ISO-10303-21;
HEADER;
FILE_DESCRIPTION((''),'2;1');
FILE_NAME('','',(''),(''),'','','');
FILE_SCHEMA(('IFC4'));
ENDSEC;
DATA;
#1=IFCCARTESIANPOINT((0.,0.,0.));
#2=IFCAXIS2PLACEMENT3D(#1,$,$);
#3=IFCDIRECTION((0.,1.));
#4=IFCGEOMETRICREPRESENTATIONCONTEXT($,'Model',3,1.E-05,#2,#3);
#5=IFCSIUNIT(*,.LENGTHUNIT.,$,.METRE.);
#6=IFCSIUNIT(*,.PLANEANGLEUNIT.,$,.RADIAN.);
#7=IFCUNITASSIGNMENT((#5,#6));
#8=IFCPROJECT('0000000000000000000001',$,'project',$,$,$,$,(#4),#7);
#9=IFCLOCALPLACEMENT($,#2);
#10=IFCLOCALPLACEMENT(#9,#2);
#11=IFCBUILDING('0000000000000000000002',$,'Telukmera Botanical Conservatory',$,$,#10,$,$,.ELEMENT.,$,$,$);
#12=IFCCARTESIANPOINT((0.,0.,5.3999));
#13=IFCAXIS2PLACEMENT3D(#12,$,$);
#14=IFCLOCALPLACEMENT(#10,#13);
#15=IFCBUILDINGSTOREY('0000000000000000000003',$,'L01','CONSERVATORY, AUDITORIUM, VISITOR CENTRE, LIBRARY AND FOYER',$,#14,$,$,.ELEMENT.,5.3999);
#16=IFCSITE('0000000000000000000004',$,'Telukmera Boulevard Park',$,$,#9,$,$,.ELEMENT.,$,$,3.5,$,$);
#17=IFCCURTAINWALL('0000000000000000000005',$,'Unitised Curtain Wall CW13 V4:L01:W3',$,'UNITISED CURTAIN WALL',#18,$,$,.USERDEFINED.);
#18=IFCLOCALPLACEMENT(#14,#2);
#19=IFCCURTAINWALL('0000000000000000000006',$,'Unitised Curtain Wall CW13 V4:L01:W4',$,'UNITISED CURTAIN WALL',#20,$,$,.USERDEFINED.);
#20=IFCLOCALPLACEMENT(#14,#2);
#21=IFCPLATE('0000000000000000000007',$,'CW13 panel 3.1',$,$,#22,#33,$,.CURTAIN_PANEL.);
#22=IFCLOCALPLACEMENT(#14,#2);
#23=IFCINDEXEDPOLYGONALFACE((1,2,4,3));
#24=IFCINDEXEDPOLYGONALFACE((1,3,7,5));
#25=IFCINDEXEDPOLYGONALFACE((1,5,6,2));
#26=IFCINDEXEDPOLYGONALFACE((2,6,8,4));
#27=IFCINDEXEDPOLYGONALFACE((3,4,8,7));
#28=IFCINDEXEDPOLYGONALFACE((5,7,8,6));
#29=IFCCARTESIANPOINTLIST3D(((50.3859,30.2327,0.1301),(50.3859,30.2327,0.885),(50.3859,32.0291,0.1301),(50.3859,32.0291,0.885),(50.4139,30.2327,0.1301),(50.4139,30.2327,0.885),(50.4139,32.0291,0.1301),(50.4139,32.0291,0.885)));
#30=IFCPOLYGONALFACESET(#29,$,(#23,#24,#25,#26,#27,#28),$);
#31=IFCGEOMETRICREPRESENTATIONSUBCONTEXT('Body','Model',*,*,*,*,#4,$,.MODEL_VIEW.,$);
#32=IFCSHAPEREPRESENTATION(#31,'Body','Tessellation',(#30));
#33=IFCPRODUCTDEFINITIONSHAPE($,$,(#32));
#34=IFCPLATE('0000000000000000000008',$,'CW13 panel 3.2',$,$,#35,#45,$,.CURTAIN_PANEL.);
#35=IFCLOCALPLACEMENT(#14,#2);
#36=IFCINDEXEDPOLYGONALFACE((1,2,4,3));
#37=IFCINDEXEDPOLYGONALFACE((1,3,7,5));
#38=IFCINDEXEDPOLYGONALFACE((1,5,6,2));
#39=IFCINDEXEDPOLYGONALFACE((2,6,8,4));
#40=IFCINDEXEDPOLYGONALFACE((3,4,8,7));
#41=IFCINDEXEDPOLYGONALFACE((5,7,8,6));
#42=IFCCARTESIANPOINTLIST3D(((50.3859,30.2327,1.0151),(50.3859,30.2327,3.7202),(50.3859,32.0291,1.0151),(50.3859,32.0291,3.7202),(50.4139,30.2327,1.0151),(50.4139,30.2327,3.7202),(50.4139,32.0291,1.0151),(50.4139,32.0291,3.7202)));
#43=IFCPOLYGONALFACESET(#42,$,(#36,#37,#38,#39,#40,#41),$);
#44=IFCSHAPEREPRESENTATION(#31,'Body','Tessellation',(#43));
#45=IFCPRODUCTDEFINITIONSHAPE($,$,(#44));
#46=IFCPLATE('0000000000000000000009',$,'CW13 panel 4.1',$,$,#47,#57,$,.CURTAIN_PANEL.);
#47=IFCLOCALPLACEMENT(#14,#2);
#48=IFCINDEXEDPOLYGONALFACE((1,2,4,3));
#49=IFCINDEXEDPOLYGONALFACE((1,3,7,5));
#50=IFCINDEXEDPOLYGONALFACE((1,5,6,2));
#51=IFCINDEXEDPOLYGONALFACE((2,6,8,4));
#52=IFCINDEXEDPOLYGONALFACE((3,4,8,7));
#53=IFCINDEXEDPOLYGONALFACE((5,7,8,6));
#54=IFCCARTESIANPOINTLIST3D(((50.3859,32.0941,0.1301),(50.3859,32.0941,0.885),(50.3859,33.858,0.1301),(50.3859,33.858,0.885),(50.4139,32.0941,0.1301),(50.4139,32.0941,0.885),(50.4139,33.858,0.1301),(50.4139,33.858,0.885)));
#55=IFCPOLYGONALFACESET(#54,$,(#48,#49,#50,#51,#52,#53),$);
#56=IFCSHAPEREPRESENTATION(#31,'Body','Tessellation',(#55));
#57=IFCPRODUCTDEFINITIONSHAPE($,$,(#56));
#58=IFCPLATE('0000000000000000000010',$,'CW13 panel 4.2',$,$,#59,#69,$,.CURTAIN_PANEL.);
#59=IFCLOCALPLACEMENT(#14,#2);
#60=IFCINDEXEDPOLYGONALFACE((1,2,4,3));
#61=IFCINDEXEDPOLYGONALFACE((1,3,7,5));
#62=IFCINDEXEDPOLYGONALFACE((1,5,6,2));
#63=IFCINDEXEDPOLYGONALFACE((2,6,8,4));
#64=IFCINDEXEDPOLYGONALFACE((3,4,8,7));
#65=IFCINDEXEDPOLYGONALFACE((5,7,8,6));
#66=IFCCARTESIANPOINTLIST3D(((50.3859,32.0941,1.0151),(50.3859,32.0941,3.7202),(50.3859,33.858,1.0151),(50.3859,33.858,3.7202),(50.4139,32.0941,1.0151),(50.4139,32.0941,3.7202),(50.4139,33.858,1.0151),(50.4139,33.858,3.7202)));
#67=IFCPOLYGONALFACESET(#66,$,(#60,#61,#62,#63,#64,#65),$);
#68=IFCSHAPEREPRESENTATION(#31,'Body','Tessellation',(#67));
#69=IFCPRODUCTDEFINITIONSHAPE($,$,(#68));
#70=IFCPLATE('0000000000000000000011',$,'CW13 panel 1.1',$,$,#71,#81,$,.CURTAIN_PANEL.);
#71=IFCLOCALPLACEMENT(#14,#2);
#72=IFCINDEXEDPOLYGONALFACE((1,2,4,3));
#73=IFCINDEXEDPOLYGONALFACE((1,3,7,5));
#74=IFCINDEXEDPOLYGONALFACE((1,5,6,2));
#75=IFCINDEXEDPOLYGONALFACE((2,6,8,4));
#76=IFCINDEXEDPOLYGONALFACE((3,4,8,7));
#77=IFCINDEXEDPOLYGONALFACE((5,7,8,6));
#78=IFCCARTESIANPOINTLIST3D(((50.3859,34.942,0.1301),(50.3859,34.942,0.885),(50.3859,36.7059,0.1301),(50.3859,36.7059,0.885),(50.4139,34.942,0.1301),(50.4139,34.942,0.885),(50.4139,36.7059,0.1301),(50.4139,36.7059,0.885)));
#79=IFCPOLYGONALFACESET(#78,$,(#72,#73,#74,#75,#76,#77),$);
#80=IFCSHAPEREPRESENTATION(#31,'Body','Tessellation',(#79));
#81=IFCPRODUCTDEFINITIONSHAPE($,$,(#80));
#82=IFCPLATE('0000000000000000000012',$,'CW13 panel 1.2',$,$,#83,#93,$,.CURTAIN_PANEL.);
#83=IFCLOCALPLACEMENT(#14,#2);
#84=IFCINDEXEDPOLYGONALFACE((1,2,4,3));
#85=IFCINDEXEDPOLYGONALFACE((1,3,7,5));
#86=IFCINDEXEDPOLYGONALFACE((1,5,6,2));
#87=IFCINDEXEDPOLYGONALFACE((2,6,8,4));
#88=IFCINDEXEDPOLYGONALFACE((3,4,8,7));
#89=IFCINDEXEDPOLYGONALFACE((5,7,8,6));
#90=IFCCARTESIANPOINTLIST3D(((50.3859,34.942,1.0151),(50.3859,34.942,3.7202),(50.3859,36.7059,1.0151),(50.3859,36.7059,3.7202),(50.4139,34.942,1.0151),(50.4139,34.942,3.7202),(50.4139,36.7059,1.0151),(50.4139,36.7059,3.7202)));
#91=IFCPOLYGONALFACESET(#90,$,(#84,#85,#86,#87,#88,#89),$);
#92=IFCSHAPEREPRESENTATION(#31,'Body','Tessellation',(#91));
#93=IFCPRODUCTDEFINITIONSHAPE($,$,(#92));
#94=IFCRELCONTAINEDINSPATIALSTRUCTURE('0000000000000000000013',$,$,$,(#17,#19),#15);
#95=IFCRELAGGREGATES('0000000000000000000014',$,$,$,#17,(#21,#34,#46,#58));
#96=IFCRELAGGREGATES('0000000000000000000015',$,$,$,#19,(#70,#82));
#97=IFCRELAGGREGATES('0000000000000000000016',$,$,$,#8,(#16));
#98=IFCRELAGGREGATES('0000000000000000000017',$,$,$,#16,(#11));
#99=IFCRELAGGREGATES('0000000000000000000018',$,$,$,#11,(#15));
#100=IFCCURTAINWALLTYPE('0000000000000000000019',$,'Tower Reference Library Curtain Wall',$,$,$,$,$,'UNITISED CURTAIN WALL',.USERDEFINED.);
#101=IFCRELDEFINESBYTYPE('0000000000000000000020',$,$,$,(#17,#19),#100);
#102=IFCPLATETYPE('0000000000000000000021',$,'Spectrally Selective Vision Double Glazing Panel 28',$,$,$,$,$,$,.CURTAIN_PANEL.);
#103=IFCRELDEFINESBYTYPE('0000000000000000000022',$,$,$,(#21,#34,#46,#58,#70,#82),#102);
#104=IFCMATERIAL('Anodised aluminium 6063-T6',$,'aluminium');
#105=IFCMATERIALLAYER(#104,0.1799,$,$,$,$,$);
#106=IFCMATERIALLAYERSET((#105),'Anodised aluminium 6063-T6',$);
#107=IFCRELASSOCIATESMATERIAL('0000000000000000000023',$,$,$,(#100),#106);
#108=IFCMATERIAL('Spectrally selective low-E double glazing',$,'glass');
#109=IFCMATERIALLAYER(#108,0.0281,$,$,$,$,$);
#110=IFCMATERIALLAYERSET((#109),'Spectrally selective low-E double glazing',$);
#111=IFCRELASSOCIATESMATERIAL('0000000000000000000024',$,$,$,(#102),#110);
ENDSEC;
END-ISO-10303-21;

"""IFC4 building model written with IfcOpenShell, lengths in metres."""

from ifc_helpers import new_model, si_unit, direction, frame, origin, origin_2d, place, context, subcontext, project, spatial, rectangle, extrude, material, layer, layer_set, type_object, element, aggregate, save


model = new_model("IFC4")

# Units and contexts
model_context = context("Model", 3, precision=1e-05, world=origin(), true_north=direction((0.0, 1.0)))
body_context = subcontext(model_context, "Body", "Model", "MODEL_VIEW")
ifc_project = project(units=[si_unit("LENGTHUNIT", "METRE"), si_unit("PLANEANGLEUNIT", "RADIAN")], contexts=[model_context])

# Site, building, storey
site_placement = place(None, origin())
site = spatial("IfcSite", under=ifc_project, at=site_placement, Name="Telukmera Boulevard Park", CompositionType="ELEMENT", RefElevation=3.5)
building_placement = place(site_placement, origin())
building = spatial("IfcBuilding", under=site, at=building_placement, Name="Telukmera Botanical Conservatory", CompositionType="ELEMENT")
storey_placement = place(building_placement, frame((0.0, 0.0, 5.3999)))
storey = spatial("IfcBuildingStorey", under=building, at=storey_placement, Name="L01", Description="CONSERVATORY, AUDITORIUM, VISITOR CENTRE, LIBRARY AND FOYER", CompositionType="ELEMENT", Elevation=5.3999)

# Curtain walls
ifc_material_1 = material(Name="Anodised aluminium 6063-T6", Category="aluminium")
ifc_layer_1 = layer(ifc_material_1, 0.1799)
ifc_layer_set_1 = layer_set([ifc_layer_1], Name="Anodised aluminium 6063-T6")
curtain_wall_type = type_object("IfcCurtainWallType", Name="Tower Reference Library Curtain Wall", ElementType="UNITISED CURTAIN WALL", PredefinedType="USERDEFINED", material=ifc_layer_set_1)
curtain_wall_1_placement = place(storey_placement, origin())
curtain_wall_1 = element("IfcCurtainWall", 1, at=curtain_wall_1_placement, inside=storey, type_object=curtain_wall_type, Name="Unitised Curtain Wall CW13 V4:L01:W3", ObjectType="UNITISED CURTAIN WALL", PredefinedType="USERDEFINED")
curtain_wall_2_placement = place(storey_placement, origin())
curtain_wall_2 = element("IfcCurtainWall", 2, at=curtain_wall_2_placement, inside=storey, type_object=curtain_wall_type, Name="Unitised Curtain Wall CW13 V4:L01:W4", ObjectType="UNITISED CURTAIN WALL", PredefinedType="USERDEFINED")

# Plates
ifc_material_2 = material(Name="Spectrally selective low-E double glazing", Category="glass")
ifc_layer_2 = layer(ifc_material_2, 0.0281)
ifc_layer_set_2 = layer_set([ifc_layer_2], Name="Spectrally selective low-E double glazing")
plate_type = type_object("IfcPlateType", Name="Spectrally Selective Vision Double Glazing Panel 28", PredefinedType="CURTAIN_PANEL", material=ifc_layer_set_2)
plate_1_placement = place(storey_placement, frame((50.3999, 31.1309, 0.1301), z_axis=(0.0, 0.0, 1.0), x_axis=(0.0, 1.0, 0.0)))
plate_1 = element("IfcPlate", 3, at=plate_1_placement, type_object=plate_type, Name="CW13 panel 3.1", PredefinedType="CURTAIN_PANEL", context=body_context, shape_type="SweptSolid", body=[
    extrude(rectangle(XDim=1.7964, YDim=0.0281, at=origin_2d()), origin(), (0.0, 0.0, 1.0), 0.7549),
])
plate_2_placement = place(storey_placement, frame((50.3999, 31.1309, 1.0151), z_axis=(0.0, 0.0, 1.0), x_axis=(0.0, 1.0, 0.0)))
plate_2 = element("IfcPlate", 4, at=plate_2_placement, type_object=plate_type, Name="CW13 panel 3.2", PredefinedType="CURTAIN_PANEL", context=body_context, shape_type="SweptSolid", body=[
    extrude(rectangle(XDim=1.7964, YDim=0.0281, at=origin_2d()), origin(), (0.0, 0.0, 1.0), 2.7051),
])
plate_3_placement = place(storey_placement, frame((50.3999, 32.9761, 0.1301), z_axis=(0.0, 0.0, 1.0), x_axis=(0.0, 1.0, 0.0)))
plate_3 = element("IfcPlate", 5, at=plate_3_placement, type_object=plate_type, Name="CW13 panel 4.1", PredefinedType="CURTAIN_PANEL", context=body_context, shape_type="SweptSolid", body=[
    extrude(rectangle(XDim=1.7639, YDim=0.0281, at=origin_2d()), origin(), (0.0, 0.0, 1.0), 0.7549),
])
plate_4_placement = place(storey_placement, frame((50.3999, 32.9761, 1.0151), z_axis=(0.0, 0.0, 1.0), x_axis=(0.0, 1.0, 0.0)))
plate_4 = element("IfcPlate", 6, at=plate_4_placement, type_object=plate_type, Name="CW13 panel 4.2", PredefinedType="CURTAIN_PANEL", context=body_context, shape_type="SweptSolid", body=[
    extrude(rectangle(XDim=1.7639, YDim=0.0281, at=origin_2d()), origin(), (0.0, 0.0, 1.0), 2.7051),
])
aggregate(curtain_wall_1, [plate_1, plate_2, plate_3, plate_4])
plate_5_placement = place(storey_placement, frame((50.3999, 35.824, 0.1301), z_axis=(0.0, 0.0, 1.0), x_axis=(0.0, 1.0, 0.0)))
plate_5 = element("IfcPlate", 7, at=plate_5_placement, type_object=plate_type, Name="CW13 panel 1.1", PredefinedType="CURTAIN_PANEL", context=body_context, shape_type="SweptSolid", body=[
    extrude(rectangle(XDim=1.7639, YDim=0.0281, at=origin_2d()), origin(), (0.0, 0.0, 1.0), 0.7549),
])
plate_6_placement = place(storey_placement, frame((50.3999, 35.824, 1.0151), z_axis=(0.0, 0.0, 1.0), x_axis=(0.0, 1.0, 0.0)))
plate_6 = element("IfcPlate", 8, at=plate_6_placement, type_object=plate_type, Name="CW13 panel 1.2", PredefinedType="CURTAIN_PANEL", context=body_context, shape_type="SweptSolid", body=[
    extrude(rectangle(XDim=1.7639, YDim=0.0281, at=origin_2d()), origin(), (0.0, 0.0, 1.0), 2.7051),
])
aggregate(curtain_wall_2, [plate_5, plate_6])

save(model, "model.ifc")
